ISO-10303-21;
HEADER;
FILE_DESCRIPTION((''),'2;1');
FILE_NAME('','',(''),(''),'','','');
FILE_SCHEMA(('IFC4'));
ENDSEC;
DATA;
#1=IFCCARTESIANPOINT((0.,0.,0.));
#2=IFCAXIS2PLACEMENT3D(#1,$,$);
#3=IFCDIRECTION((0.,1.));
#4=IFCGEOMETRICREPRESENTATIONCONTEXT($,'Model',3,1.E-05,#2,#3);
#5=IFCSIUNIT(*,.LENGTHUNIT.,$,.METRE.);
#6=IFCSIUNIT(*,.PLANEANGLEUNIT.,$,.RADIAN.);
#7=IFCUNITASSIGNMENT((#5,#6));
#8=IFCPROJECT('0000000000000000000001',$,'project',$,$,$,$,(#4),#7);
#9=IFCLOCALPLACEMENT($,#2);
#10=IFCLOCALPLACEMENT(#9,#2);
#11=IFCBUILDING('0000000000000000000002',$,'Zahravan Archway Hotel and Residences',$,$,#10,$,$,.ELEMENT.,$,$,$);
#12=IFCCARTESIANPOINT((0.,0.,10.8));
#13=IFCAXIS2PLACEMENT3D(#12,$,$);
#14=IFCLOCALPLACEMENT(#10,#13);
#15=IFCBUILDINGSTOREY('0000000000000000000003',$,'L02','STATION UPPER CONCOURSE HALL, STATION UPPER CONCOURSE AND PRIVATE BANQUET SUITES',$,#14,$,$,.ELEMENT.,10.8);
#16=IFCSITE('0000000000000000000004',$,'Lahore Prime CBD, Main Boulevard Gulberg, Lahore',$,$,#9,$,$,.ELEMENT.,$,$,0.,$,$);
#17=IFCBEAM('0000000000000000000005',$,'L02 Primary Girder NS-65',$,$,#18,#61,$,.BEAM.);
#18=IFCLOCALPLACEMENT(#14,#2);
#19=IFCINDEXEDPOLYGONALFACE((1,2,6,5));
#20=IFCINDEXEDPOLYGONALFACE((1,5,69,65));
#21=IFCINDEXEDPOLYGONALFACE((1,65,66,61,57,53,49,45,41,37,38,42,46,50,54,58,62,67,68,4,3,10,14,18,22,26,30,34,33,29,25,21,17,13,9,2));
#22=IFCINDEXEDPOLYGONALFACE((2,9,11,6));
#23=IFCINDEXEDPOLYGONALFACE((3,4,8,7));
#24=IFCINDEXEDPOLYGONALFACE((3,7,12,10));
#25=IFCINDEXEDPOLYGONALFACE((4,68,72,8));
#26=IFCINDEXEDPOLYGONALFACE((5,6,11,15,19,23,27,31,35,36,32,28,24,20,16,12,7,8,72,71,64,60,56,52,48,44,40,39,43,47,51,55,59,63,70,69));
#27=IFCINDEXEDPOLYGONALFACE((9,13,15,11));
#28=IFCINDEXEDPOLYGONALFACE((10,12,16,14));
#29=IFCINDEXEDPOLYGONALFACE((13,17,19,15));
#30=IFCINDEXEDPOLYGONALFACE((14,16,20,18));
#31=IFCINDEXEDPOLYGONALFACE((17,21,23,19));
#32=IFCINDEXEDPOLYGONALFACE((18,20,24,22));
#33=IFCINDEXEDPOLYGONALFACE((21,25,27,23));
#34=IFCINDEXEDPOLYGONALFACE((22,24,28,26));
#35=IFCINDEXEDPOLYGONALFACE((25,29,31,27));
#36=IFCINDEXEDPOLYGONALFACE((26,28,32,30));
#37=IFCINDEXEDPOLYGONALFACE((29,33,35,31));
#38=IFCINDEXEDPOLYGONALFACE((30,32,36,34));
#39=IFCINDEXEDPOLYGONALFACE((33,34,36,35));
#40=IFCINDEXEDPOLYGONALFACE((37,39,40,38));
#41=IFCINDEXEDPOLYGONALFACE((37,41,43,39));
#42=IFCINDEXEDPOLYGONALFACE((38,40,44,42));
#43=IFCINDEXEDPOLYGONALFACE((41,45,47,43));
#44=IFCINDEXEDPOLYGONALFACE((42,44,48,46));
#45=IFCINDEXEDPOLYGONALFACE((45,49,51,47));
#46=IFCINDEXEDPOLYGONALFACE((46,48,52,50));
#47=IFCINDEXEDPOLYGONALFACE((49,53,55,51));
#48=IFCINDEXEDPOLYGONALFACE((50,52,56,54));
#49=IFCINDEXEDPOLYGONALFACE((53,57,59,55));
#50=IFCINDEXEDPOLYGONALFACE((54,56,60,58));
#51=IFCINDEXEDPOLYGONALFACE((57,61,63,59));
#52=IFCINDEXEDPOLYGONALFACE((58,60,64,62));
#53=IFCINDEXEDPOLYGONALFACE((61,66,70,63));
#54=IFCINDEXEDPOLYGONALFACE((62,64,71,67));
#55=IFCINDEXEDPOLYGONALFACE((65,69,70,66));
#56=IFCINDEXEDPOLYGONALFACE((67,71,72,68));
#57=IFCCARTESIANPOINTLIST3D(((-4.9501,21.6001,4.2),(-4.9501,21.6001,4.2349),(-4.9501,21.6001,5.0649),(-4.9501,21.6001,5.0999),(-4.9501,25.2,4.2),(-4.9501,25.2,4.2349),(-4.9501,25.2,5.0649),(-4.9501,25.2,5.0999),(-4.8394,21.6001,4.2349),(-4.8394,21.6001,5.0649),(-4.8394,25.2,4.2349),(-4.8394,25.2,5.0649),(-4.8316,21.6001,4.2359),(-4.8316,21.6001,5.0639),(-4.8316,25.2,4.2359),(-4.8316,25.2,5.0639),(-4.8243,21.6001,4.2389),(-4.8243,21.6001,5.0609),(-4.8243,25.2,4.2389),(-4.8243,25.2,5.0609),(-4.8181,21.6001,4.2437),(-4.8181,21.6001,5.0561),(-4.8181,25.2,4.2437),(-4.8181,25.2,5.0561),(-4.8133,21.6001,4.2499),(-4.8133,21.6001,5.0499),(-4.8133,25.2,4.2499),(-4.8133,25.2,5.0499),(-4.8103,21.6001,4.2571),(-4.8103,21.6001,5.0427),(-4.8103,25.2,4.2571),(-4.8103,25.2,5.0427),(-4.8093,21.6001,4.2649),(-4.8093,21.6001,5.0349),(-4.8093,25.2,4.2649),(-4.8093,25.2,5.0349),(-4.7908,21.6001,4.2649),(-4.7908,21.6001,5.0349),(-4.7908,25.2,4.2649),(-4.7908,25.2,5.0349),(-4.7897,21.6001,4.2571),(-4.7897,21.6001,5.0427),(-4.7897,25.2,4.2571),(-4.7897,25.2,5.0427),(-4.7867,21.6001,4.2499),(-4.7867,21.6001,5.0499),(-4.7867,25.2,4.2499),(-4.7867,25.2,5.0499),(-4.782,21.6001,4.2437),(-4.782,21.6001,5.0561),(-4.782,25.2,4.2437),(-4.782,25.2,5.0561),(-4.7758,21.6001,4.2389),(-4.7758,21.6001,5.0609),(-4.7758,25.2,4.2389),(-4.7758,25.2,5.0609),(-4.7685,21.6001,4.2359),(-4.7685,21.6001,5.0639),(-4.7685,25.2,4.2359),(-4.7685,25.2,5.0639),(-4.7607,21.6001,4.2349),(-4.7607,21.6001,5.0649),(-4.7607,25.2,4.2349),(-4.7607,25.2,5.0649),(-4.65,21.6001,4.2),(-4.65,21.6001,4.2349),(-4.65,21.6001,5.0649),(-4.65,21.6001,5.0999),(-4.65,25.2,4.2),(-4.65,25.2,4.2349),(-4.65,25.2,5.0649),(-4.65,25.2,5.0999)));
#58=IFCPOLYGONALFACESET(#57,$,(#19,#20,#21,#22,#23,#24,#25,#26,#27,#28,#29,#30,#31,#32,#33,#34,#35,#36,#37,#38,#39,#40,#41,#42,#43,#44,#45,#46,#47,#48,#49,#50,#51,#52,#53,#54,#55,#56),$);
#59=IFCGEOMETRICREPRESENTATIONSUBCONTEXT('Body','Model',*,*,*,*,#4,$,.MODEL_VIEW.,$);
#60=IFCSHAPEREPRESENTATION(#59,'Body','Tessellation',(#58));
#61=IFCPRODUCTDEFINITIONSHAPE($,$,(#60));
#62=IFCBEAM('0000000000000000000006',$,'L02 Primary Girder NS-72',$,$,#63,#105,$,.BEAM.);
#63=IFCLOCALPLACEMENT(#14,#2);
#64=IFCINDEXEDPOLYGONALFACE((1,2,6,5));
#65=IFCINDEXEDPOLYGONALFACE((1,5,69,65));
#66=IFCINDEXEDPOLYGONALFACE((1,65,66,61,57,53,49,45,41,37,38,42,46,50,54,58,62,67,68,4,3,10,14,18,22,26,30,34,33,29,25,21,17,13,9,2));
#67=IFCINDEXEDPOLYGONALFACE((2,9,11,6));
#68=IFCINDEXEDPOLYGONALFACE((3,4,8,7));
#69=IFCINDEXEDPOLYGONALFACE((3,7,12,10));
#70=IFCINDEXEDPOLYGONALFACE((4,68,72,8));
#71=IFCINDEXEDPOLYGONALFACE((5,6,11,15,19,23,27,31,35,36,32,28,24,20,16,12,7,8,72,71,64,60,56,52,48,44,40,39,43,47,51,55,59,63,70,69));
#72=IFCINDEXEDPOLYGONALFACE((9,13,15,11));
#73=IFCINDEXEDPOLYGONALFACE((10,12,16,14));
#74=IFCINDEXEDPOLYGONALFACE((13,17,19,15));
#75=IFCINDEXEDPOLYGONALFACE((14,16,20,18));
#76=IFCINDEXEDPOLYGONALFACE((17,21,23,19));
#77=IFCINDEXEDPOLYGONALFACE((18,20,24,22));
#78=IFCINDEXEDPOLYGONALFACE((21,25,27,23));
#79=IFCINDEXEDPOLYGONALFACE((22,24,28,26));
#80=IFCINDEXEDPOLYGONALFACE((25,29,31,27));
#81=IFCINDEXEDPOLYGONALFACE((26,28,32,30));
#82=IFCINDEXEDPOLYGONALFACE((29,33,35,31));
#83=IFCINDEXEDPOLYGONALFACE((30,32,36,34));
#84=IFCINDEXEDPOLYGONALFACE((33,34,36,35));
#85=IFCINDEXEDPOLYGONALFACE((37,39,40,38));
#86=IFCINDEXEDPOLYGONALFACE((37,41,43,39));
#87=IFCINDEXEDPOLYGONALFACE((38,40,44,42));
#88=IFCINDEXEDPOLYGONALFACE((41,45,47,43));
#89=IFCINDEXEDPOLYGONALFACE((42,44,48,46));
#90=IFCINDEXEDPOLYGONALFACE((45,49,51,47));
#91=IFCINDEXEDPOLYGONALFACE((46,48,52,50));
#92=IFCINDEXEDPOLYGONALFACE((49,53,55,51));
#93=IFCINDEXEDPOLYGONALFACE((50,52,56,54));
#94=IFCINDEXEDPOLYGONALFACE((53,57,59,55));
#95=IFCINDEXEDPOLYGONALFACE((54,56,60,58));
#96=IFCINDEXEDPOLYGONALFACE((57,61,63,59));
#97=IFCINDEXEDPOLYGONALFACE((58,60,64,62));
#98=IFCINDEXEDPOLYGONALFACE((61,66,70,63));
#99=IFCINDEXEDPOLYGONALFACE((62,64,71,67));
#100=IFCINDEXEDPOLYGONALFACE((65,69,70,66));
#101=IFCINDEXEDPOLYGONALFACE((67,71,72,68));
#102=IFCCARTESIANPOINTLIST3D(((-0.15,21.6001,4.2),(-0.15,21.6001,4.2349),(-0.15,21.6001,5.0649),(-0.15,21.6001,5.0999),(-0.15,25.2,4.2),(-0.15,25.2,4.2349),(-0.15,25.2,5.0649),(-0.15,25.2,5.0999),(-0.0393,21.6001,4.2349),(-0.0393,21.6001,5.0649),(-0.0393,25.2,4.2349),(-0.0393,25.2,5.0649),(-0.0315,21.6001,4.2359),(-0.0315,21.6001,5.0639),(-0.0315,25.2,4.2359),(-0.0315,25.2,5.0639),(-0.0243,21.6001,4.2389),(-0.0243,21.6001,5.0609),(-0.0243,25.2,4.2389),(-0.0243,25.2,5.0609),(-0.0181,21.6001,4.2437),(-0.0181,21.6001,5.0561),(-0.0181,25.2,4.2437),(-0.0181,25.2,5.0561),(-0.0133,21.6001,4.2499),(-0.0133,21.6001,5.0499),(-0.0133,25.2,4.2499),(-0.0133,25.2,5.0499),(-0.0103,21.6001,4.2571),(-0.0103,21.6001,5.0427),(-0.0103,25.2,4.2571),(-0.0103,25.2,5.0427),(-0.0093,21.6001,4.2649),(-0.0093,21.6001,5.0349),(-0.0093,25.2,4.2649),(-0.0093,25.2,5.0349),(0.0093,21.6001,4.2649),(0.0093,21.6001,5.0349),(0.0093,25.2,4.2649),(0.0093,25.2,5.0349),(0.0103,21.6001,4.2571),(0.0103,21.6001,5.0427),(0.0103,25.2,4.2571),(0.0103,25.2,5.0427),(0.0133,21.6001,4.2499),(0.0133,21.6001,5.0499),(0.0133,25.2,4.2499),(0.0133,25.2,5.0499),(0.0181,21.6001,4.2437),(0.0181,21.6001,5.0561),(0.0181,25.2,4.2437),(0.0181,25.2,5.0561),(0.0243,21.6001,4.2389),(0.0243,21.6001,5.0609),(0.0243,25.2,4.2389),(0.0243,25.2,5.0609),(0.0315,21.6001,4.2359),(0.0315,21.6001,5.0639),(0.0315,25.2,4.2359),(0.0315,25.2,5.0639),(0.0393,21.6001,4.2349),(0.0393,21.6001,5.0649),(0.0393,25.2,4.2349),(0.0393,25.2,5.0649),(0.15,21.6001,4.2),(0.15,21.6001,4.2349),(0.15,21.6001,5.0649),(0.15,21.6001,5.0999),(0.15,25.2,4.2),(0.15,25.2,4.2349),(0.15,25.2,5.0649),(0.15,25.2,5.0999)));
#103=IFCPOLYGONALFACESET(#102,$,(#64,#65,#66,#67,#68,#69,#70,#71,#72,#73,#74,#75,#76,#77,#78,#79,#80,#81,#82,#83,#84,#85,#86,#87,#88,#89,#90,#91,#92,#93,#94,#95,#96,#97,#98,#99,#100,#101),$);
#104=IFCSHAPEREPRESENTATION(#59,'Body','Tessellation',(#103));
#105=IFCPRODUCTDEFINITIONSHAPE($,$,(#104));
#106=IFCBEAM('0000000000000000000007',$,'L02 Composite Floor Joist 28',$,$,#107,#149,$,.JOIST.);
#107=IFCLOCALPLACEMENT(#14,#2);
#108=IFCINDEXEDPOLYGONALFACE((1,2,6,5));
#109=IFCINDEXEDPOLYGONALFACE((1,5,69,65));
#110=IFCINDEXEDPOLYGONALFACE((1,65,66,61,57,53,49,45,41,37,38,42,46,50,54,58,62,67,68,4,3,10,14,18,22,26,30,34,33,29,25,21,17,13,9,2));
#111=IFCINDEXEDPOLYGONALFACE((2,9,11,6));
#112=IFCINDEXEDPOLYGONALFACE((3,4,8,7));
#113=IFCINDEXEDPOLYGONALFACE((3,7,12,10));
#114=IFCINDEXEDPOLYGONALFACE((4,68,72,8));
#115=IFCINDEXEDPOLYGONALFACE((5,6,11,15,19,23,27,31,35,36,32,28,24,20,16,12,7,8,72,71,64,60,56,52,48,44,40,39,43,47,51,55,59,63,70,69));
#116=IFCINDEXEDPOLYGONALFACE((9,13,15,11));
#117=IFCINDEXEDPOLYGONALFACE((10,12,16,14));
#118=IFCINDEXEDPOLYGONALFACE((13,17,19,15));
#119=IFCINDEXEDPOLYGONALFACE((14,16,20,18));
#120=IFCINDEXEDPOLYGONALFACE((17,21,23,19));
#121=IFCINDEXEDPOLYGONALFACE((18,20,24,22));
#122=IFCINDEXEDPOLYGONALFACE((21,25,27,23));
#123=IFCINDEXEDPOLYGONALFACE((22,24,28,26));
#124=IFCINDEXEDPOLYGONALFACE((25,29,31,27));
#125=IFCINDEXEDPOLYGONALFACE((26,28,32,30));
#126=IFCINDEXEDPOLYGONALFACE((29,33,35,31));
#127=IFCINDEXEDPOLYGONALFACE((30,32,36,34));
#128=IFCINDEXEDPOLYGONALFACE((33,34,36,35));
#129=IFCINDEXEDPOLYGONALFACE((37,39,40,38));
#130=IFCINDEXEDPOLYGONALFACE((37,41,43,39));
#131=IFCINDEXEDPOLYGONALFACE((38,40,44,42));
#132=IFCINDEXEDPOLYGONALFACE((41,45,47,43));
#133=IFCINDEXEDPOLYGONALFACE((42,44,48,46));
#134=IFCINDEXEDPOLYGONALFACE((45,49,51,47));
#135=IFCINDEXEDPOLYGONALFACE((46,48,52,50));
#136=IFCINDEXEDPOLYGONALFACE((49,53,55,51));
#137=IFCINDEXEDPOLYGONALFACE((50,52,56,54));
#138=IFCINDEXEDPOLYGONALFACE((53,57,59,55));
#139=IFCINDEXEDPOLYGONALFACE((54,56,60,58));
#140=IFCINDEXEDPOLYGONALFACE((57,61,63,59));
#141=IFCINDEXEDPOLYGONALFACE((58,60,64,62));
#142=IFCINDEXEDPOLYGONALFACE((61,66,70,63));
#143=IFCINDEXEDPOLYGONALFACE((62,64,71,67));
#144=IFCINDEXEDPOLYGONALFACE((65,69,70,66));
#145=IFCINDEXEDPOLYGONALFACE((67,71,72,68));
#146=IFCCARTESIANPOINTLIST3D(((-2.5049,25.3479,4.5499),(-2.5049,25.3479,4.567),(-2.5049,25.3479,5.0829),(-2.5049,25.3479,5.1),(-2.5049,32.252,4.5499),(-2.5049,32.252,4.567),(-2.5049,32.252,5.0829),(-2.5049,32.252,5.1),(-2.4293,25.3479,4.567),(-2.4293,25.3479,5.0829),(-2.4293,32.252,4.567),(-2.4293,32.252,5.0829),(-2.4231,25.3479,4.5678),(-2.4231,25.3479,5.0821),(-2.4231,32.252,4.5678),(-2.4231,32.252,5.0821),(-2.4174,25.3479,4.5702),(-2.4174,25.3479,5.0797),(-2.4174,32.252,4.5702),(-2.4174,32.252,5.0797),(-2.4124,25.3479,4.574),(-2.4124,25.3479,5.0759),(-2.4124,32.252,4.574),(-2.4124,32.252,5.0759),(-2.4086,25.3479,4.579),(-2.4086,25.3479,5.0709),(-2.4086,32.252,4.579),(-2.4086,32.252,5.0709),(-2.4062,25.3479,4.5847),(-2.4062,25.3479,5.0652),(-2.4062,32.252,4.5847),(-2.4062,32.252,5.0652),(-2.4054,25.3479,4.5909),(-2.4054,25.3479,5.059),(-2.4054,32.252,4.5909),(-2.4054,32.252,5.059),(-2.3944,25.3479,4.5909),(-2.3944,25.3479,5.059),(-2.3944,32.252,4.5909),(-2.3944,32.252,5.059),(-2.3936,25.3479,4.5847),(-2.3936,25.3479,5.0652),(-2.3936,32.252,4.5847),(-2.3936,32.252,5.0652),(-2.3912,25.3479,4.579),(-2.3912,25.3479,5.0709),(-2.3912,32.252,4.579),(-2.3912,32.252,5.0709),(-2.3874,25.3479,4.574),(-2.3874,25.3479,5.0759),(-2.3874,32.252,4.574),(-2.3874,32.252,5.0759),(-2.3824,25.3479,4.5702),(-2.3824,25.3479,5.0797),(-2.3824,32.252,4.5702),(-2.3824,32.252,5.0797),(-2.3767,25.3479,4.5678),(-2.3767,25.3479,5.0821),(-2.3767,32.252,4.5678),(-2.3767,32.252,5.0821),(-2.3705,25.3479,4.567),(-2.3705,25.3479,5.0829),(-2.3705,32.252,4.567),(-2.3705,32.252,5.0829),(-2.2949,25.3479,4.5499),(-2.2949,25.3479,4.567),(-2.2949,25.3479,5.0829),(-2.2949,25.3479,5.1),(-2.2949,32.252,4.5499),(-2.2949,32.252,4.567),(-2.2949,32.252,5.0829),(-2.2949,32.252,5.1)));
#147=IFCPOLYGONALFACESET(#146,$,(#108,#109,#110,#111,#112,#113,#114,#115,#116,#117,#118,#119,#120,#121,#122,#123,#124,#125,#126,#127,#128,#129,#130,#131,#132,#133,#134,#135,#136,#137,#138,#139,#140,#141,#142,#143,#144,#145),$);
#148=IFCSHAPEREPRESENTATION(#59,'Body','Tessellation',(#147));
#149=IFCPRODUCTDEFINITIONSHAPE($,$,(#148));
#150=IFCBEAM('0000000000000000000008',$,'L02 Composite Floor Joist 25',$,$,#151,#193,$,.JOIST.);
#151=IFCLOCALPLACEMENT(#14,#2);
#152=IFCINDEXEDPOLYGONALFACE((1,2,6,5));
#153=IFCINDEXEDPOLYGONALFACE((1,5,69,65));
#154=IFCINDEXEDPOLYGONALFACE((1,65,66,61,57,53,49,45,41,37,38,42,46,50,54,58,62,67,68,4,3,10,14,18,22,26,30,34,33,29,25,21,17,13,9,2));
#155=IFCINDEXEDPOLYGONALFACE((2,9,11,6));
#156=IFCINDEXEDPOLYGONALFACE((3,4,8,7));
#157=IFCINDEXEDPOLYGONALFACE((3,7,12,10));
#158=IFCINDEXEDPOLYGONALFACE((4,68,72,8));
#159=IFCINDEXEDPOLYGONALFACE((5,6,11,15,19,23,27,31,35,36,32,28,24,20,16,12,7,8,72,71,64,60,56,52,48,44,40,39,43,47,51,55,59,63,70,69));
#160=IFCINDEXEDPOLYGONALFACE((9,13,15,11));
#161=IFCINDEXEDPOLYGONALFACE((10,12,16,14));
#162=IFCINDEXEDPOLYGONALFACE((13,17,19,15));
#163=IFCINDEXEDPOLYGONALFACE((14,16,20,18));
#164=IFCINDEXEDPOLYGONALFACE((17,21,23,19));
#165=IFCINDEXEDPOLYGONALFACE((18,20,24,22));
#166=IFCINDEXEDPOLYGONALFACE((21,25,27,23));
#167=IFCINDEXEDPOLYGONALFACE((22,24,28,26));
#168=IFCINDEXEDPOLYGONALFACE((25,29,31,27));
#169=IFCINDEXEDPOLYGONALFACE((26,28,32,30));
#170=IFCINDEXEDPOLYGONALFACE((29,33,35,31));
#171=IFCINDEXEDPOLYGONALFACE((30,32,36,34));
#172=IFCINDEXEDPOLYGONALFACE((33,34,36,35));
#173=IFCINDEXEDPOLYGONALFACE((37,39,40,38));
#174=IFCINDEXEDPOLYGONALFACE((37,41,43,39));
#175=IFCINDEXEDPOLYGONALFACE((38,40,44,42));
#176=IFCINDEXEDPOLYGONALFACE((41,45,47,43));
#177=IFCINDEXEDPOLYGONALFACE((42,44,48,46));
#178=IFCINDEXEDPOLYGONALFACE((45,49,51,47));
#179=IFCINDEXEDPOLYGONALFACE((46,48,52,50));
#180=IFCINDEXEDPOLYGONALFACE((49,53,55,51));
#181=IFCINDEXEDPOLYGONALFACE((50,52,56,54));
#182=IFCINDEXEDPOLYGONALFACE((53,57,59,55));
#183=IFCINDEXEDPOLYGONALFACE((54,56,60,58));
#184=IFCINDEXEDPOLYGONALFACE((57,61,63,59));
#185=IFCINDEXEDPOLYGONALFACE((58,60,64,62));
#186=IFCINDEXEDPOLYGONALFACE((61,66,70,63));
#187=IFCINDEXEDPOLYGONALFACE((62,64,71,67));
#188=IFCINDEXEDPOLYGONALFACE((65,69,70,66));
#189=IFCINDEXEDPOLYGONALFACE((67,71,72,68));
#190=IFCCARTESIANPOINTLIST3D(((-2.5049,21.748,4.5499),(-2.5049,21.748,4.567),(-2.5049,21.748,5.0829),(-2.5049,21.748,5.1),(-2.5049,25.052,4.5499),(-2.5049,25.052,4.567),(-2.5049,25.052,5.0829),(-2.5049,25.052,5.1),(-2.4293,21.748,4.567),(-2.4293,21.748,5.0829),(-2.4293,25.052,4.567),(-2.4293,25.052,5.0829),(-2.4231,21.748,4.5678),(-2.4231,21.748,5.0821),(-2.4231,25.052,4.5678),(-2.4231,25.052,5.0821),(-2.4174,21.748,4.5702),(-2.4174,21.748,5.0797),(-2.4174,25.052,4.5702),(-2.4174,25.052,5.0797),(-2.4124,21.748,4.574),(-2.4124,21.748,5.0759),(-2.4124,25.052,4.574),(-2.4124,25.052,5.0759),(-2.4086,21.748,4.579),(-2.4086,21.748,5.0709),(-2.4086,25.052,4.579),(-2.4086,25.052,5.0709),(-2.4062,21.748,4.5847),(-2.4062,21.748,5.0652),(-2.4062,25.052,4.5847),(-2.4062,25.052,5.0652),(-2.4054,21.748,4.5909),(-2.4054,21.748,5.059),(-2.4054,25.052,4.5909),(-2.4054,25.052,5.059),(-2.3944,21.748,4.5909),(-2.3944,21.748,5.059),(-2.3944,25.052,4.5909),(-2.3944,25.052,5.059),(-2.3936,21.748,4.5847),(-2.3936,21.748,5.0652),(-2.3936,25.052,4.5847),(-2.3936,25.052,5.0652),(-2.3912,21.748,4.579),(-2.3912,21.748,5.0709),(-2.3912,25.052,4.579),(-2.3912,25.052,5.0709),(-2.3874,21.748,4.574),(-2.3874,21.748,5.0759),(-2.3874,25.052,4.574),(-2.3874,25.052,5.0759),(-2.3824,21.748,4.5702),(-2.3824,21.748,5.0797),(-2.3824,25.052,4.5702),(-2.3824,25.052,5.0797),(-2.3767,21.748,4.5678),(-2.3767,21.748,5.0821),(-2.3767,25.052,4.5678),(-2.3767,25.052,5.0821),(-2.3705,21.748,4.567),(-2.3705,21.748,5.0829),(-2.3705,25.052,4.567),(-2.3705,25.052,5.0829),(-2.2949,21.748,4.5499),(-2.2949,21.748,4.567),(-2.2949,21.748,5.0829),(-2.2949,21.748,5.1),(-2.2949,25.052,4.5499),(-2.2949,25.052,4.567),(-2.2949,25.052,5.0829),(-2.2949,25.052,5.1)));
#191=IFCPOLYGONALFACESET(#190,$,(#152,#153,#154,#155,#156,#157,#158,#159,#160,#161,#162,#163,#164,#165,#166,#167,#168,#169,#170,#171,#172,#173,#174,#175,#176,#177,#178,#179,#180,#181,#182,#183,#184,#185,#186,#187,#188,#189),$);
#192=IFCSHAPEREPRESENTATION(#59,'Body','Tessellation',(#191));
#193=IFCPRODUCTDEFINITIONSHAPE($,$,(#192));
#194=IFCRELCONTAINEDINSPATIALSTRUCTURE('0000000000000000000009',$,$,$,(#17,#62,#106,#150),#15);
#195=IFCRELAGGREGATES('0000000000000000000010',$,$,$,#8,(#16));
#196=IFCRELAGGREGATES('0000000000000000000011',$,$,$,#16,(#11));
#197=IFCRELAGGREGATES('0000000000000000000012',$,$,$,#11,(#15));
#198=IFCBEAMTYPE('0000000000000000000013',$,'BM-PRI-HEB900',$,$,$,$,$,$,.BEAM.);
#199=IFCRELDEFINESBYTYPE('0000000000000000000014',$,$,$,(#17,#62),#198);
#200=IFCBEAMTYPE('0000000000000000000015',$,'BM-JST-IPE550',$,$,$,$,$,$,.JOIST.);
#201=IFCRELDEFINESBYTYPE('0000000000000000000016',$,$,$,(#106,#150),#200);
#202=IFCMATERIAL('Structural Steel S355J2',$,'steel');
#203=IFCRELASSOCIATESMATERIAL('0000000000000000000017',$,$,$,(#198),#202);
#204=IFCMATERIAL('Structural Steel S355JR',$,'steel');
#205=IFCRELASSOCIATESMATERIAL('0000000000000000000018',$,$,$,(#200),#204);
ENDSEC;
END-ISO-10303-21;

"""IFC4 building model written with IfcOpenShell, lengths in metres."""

from ifc_helpers import new_model, si_unit, direction, frame, origin, origin_2d, place, context, subcontext, project, spatial, i_section, extrude, source, transform, mapped, material, material_profile, profile_set, type_object, type_shapes, element, save


model = new_model("IFC4")

# Units and contexts
model_context = context("Model", 3, precision=1e-05, world=origin(), true_north=direction((0.0, 1.0)))
body_context = subcontext(model_context, "Body", "Model", "MODEL_VIEW")
ifc_project = project(units=[si_unit("LENGTHUNIT", "METRE"), si_unit("PLANEANGLEUNIT", "RADIAN")], contexts=[model_context])

# Site, building, storey
site_placement = place(None, origin())
site = spatial("IfcSite", under=ifc_project, at=site_placement, Name="Lahore Prime CBD, Main Boulevard Gulberg, Lahore", CompositionType="ELEMENT", RefElevation=0.0)
building_placement = place(site_placement, origin())
building = spatial("IfcBuilding", under=site, at=building_placement, Name="Zahravan Archway Hotel and Residences", CompositionType="ELEMENT")
storey_placement = place(building_placement, frame((0.0, 0.0, 10.8)))
storey = spatial("IfcBuildingStorey", under=building, at=storey_placement, Name="L02", Description="STATION UPPER CONCOURSE HALL, STATION UPPER CONCOURSE AND PRIVATE BANQUET SUITES", CompositionType="ELEMENT", Elevation=10.8)

# Beams
ifc_material_1 = material(Name="Structural Steel S355J2", Category="steel")
ifc_material_profile_1 = material_profile(ifc_material_1, i_section(OverallWidth=0.3, OverallDepth=0.8999, WebThickness=0.0186, FlangeThickness=0.0349, FilletRadius=0.03, at=origin_2d()), Name="HEB 900", Category="steel")
ifc_profile_set_1 = profile_set([ifc_material_profile_1], Name="Structural Steel S355J2")
beam_type_1 = type_object("IfcBeamType", Name="BM-PRI-HEB900", PredefinedType="BEAM", material=ifc_profile_set_1)
shared_shape_1 = source(origin(), body_context, "Body", "SweptSolid", [
    extrude(i_section(OverallWidth=0.3, OverallDepth=0.8999, WebThickness=0.0186, FlangeThickness=0.0349, FilletRadius=0.03, at=origin_2d()), origin(), (0.0, 0.0, 1.0), 3.5999),
])
for number, where, z_axis, x_axis, name in (
    (1, (-4.8, 21.6001, 4.6499), (0.0, 1.0, 0.0), (-1.0, 0.0, 0.0), "L02 Primary Girder NS-65"),
    (2, (0.0, 21.6001, 4.6499), (0.0, 1.0, 0.0), (-1.0, 0.0, 0.0), "L02 Primary Girder NS-72"),
):
    element("IfcBeam", number, at=place(storey_placement, frame(where, z_axis=z_axis, x_axis=x_axis)), inside=storey, type_object=beam_type_1, Name=name, PredefinedType="BEAM", context=body_context, shape_type="MappedRepresentation", body=[
        mapped(shared_shape_1, transform((0.0, 0.0, 0.0), scale=1.0)),
    ])
ifc_material_2 = material(Name="Structural Steel S355JR", Category="steel")
ifc_material_profile_2 = material_profile(ifc_material_2, i_section(OverallWidth=0.21, OverallDepth=0.55, WebThickness=0.011, FlangeThickness=0.0171, FilletRadius=0.0239, at=origin_2d()), Name="IPE 550", Category="steel")
ifc_profile_set_2 = profile_set([ifc_material_profile_2], Name="Structural Steel S355JR")
beam_type_2 = type_object("IfcBeamType", Name="BM-JST-IPE550", PredefinedType="JOIST", material=ifc_profile_set_2)
shared_shape_2 = source(origin(), body_context, "Body", "SweptSolid", [
    extrude(i_section(OverallWidth=0.21, OverallDepth=0.55, WebThickness=0.011, FlangeThickness=0.0171, FilletRadius=0.0239, at=origin_2d()), origin(), (0.0, 0.0, 1.0), 6.9041),
])
type_shapes(beam_type_2, [shared_shape_2])
beam_1_placement = place(storey_placement, frame((-2.3999, 25.3479, 4.825), z_axis=(0.0, 1.0, 0.0), x_axis=(-1.0, 0.0, 0.0)))
element("IfcBeam", 3, at=beam_1_placement, inside=storey, type_object=beam_type_2, Name="L02 Composite Floor Joist 28", PredefinedType="JOIST", context=body_context, shape_type="MappedRepresentation", body=[
    mapped(shared_shape_2, transform((0.0, 0.0, 0.0), scale=1.0)),
])
shared_shape_3 = source(origin(), body_context, "Body", "SweptSolid", [
    extrude(i_section(OverallWidth=0.21, OverallDepth=0.55, WebThickness=0.011, FlangeThickness=0.0171, FilletRadius=0.0239, at=origin_2d()), origin(), (0.0, 0.0, 1.0), 3.304),
])
beam_2_placement = place(storey_placement, frame((-2.3999, 21.748, 4.825), z_axis=(0.0, 1.0, 0.0), x_axis=(-1.0, 0.0, 0.0)))
element("IfcBeam", 4, at=beam_2_placement, inside=storey, type_object=beam_type_2, Name="L02 Composite Floor Joist 25", PredefinedType="JOIST", context=body_context, shape_type="MappedRepresentation", body=[
    mapped(shared_shape_3, transform((0.0, 0.0, 0.0), scale=1.0)),
])

save(model, "model.ifc")
